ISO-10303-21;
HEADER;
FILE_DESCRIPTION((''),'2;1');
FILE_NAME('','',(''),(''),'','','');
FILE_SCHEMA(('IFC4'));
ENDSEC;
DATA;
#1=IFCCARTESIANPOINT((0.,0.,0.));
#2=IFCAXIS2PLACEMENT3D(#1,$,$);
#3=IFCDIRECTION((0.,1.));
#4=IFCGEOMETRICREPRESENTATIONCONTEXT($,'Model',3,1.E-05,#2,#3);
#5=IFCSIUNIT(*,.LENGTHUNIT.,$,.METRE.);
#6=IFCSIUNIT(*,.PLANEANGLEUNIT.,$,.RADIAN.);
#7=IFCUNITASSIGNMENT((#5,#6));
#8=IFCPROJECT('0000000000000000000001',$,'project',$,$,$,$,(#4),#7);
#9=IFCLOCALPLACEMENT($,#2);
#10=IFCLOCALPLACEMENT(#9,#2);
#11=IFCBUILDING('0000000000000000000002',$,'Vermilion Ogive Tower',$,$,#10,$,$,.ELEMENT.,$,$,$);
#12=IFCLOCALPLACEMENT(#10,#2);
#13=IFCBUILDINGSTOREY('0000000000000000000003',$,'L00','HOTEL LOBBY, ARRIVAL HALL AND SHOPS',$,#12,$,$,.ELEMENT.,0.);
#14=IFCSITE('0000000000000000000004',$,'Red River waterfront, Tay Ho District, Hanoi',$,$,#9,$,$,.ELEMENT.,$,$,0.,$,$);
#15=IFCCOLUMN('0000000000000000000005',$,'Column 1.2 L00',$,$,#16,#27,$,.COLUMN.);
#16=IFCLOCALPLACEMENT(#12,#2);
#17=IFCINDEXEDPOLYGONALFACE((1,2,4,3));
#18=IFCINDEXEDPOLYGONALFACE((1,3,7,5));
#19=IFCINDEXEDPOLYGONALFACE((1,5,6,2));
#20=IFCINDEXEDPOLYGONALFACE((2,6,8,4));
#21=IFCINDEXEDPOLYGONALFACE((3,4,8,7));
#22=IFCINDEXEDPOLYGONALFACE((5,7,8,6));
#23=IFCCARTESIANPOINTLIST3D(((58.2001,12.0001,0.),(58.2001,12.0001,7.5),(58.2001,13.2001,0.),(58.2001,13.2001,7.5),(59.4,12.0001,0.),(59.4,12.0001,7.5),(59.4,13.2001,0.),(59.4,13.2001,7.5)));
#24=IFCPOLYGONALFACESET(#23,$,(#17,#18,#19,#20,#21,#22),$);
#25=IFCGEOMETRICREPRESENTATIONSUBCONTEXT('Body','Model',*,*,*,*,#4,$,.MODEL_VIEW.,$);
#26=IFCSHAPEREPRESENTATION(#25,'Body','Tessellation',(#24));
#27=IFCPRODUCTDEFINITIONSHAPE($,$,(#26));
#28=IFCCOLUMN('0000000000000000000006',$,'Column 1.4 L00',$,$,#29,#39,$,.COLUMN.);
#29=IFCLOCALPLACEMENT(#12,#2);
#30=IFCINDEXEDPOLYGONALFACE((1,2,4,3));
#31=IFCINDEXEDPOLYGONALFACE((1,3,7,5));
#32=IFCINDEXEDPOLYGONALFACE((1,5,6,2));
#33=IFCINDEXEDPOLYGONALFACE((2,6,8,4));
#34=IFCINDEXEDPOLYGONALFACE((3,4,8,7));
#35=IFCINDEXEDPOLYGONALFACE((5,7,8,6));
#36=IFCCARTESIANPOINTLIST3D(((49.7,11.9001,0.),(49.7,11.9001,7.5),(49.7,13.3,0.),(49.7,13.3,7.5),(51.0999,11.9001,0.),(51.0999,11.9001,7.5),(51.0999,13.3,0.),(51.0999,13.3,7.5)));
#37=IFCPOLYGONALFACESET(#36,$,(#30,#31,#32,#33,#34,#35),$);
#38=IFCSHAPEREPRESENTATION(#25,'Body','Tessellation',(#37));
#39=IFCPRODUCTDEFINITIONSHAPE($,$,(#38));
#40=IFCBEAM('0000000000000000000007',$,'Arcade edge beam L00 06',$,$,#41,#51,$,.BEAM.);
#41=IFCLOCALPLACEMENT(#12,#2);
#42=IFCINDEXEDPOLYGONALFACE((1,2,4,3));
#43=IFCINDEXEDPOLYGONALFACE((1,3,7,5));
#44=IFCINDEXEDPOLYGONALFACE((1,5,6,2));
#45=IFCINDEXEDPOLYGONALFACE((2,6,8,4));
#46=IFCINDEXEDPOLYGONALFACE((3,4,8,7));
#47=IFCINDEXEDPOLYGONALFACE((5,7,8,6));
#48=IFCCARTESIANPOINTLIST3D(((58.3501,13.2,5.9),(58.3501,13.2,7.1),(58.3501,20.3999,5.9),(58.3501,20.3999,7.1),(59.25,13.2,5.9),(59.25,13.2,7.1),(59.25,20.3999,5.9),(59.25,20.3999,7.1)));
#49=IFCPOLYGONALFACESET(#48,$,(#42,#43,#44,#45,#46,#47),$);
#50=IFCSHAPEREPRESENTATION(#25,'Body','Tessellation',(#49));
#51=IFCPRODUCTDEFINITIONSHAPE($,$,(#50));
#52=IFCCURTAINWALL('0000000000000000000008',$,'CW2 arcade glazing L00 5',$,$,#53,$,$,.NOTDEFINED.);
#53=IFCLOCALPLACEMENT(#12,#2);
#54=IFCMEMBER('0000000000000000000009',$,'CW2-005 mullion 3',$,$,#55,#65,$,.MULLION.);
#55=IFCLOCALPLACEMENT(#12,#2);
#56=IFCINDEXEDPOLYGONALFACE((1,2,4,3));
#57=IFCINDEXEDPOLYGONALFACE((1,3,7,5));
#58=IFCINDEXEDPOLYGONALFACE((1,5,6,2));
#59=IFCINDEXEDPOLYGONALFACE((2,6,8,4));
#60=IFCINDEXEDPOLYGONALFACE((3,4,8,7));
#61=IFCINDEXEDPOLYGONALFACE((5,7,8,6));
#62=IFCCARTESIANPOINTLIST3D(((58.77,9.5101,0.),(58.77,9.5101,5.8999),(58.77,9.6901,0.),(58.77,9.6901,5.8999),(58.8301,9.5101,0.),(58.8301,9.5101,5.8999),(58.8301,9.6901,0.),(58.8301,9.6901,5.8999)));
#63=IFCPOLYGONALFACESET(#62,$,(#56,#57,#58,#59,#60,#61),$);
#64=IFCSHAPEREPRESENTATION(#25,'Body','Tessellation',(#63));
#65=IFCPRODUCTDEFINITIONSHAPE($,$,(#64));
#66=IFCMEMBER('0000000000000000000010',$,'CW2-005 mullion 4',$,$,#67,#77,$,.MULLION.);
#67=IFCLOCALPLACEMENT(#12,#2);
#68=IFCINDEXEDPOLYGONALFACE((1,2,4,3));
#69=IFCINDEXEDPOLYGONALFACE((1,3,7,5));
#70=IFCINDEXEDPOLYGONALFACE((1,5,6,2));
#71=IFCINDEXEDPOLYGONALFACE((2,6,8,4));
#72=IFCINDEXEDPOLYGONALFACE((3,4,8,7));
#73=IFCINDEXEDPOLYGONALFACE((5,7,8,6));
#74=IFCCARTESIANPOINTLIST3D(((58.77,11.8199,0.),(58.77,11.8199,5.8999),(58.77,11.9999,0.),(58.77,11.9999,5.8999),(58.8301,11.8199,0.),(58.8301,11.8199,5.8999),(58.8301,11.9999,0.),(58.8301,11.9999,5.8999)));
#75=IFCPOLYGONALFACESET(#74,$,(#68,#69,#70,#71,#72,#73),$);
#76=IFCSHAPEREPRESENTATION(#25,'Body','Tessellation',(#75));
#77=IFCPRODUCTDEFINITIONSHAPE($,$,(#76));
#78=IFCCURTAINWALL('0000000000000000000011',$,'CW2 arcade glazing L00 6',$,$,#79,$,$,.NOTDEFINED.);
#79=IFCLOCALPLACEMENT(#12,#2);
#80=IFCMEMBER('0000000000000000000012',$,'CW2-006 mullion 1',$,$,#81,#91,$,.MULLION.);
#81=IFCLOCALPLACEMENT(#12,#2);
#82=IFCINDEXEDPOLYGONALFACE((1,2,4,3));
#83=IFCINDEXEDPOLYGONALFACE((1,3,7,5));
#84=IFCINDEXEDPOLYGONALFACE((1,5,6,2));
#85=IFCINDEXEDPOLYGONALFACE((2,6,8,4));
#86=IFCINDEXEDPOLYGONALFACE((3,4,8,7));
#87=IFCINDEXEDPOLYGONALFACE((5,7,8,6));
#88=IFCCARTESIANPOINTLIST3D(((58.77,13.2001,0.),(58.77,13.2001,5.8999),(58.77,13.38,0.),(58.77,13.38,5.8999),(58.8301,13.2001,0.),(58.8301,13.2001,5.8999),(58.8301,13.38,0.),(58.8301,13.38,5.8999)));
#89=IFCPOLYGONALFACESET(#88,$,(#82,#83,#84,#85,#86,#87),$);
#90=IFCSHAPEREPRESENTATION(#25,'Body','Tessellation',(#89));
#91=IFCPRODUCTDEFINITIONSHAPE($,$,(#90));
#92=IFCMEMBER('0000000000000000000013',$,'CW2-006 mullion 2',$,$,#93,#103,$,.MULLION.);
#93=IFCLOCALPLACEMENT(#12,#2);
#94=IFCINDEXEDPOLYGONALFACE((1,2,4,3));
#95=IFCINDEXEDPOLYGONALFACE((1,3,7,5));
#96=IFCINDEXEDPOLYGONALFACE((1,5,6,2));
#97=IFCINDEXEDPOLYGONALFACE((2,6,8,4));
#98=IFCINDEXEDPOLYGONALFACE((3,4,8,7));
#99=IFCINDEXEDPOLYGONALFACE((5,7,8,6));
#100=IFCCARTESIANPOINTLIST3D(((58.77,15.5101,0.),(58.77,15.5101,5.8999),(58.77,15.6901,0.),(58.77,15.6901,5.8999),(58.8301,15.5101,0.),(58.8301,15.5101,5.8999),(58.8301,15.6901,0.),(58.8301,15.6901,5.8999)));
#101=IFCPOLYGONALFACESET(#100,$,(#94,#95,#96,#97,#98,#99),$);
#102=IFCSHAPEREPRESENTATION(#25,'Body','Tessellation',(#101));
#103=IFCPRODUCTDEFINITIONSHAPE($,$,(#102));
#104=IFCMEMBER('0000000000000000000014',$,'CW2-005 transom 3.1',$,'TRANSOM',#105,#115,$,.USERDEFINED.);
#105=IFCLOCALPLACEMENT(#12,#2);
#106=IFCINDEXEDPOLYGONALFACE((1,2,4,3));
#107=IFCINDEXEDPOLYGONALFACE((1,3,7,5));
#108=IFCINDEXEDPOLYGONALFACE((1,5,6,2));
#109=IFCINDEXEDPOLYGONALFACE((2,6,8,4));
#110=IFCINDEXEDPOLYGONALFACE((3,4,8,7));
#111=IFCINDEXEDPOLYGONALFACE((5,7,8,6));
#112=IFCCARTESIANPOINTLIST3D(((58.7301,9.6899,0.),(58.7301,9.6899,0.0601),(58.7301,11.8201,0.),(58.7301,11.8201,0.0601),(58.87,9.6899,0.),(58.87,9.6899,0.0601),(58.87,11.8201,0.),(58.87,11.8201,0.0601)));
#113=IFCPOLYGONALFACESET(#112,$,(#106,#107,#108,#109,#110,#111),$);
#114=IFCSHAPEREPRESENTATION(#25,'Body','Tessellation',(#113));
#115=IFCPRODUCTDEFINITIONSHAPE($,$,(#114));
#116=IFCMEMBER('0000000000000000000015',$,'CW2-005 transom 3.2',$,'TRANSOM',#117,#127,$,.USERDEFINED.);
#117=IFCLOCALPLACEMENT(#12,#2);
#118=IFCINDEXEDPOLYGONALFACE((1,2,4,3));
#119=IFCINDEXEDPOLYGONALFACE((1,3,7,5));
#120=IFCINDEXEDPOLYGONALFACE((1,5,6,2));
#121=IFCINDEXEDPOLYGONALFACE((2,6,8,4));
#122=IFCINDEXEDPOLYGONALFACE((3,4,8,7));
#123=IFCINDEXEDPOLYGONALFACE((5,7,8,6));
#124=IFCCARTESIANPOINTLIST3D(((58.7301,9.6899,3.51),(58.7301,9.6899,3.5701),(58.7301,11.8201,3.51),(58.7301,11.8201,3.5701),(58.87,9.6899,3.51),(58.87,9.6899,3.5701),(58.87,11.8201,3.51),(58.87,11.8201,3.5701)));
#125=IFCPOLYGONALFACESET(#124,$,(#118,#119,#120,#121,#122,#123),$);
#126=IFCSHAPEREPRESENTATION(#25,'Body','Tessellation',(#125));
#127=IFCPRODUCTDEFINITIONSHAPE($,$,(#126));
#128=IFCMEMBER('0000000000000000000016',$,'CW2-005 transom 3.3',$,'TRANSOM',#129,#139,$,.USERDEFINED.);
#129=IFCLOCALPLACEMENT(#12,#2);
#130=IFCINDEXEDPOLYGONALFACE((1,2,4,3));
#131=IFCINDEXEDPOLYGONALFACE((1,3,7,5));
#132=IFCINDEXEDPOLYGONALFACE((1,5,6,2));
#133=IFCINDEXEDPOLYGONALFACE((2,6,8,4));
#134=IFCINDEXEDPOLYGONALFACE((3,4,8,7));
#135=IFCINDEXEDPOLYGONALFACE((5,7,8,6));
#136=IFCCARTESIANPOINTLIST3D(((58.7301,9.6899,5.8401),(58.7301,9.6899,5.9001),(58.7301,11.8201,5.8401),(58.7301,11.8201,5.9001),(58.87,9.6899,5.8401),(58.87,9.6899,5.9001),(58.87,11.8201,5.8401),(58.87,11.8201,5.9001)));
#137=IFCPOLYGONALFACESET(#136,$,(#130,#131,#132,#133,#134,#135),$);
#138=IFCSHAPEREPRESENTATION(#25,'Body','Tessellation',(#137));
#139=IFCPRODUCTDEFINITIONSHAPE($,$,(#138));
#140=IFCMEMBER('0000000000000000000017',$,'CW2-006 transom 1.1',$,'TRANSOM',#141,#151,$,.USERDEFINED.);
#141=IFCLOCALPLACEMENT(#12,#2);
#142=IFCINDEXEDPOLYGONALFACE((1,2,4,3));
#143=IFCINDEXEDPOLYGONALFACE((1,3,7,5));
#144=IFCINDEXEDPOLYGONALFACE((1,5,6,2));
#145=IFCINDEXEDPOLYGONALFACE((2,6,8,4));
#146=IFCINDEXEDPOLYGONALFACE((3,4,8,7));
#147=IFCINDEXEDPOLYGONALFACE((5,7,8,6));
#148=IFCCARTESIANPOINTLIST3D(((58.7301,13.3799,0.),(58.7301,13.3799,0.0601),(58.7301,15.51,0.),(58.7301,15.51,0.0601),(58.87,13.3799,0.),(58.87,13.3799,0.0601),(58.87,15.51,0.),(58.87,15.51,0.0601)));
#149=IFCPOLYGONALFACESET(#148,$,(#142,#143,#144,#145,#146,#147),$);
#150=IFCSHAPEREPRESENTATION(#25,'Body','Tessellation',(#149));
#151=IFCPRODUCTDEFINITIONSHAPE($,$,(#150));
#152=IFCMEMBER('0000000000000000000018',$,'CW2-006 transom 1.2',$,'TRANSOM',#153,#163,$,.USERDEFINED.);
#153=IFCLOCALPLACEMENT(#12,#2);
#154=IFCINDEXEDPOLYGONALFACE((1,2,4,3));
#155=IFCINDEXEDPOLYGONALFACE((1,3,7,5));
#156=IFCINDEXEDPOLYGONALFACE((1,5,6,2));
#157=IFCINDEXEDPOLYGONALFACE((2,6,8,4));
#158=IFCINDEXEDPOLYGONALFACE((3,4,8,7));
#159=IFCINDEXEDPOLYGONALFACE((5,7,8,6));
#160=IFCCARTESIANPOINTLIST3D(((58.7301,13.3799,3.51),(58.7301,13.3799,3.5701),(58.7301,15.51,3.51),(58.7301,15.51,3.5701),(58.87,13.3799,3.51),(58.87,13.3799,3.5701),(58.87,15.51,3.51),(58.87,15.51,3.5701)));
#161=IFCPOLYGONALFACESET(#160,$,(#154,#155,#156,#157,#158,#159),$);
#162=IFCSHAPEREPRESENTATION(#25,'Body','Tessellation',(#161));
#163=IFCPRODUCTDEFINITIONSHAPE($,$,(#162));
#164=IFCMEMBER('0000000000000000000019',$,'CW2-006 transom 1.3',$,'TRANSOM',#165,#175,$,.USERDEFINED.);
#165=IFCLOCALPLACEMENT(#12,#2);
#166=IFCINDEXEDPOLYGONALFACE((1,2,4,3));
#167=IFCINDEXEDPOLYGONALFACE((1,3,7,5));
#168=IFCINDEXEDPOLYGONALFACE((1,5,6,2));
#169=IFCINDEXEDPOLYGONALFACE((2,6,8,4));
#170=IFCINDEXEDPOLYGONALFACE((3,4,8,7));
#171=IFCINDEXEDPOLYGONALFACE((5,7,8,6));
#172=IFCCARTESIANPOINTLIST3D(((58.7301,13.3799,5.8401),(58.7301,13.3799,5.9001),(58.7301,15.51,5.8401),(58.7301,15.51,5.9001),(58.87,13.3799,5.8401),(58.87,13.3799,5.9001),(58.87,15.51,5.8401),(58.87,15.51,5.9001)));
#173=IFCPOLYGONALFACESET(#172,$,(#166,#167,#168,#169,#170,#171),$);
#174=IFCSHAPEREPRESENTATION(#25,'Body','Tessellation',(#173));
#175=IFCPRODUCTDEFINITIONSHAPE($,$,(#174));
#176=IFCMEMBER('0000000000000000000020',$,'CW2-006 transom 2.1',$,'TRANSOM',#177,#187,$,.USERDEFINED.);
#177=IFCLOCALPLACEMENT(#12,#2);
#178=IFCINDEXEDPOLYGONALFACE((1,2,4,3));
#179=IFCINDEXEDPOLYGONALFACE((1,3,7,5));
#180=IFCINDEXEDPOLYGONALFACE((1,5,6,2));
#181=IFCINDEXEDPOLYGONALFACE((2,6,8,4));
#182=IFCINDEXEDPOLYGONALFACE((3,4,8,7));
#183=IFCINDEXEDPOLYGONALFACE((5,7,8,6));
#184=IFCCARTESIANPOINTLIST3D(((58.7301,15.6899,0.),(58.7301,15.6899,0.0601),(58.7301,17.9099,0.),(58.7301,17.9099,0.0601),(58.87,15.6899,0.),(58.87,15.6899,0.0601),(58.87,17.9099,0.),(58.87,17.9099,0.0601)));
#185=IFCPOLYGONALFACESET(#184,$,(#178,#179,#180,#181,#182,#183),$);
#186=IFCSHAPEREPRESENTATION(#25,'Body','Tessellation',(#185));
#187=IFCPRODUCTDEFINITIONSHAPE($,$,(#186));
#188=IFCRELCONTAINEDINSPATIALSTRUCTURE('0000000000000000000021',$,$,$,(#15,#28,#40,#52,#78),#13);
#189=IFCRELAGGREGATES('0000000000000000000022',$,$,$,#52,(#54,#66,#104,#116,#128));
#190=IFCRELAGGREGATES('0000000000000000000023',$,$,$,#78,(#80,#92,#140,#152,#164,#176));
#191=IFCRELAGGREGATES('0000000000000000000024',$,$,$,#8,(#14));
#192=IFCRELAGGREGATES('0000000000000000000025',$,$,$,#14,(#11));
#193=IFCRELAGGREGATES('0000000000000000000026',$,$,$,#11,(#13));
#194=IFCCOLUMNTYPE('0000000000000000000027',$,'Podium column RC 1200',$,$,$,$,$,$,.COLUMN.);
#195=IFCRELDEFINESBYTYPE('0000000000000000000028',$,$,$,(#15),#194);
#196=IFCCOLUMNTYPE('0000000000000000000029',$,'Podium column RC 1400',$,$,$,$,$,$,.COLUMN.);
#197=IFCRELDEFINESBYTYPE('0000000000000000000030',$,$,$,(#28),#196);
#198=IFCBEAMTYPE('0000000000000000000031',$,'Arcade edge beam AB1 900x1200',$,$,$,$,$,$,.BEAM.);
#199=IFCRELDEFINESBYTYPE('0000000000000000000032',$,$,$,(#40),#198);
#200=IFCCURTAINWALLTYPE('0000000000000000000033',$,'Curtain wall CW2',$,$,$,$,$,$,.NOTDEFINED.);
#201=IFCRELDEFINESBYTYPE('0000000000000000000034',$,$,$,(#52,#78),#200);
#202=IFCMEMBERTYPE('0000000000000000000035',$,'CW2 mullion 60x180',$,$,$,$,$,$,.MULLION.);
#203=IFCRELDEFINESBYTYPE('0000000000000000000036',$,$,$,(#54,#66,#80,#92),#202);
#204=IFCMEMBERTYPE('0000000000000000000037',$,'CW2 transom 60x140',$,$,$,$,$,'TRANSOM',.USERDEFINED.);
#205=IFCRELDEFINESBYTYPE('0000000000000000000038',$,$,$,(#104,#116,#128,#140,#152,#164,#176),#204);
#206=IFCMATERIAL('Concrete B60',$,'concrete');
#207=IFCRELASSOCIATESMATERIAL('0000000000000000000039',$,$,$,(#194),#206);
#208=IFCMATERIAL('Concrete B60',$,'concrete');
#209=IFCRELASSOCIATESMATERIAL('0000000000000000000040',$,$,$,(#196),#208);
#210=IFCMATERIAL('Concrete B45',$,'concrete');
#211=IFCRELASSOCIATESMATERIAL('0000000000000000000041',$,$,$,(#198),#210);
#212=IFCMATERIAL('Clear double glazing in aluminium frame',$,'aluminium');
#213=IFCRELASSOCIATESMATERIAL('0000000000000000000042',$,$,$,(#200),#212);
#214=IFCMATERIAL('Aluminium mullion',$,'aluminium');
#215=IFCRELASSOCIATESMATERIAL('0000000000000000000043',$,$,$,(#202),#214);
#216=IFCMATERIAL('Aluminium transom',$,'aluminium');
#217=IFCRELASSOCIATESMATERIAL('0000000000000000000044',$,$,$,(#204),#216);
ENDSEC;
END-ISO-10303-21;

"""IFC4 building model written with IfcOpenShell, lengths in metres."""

from ifc_helpers import new_model, si_unit, direction, frame, origin, origin_2d, place, context, subcontext, project, spatial, rectangle, extrude, material, material_profile, profile_set, type_object, element, aggregate, save


model = new_model("IFC4")

# Units and contexts
model_context = context("Model", 3, precision=1e-05, world=origin(), true_north=direction((0.0, 1.0)))
body_context = subcontext(model_context, "Body", "Model", "MODEL_VIEW")
ifc_project = project(units=[si_unit("LENGTHUNIT", "METRE"), si_unit("PLANEANGLEUNIT", "RADIAN")], contexts=[model_context])

# Site, building, storey
site_placement = place(None, origin())
site = spatial("IfcSite", under=ifc_project, at=site_placement, Name="Red River waterfront, Tay Ho District, Hanoi", CompositionType="ELEMENT", RefElevation=0.0)
building_placement = place(site_placement, origin())
building = spatial("IfcBuilding", under=site, at=building_placement, Name="Vermilion Ogive Tower", CompositionType="ELEMENT")
storey_placement = place(building_placement, origin())
storey = spatial("IfcBuildingStorey", under=building, at=storey_placement, Name="L00", Description="HOTEL LOBBY, ARRIVAL HALL AND SHOPS", CompositionType="ELEMENT", Elevation=0.0)

# Columns
ifc_material_1 = material(Name="Concrete B60", Category="concrete")
ifc_material_profile_1 = material_profile(ifc_material_1, rectangle(XDim=1.2, YDim=1.2, at=origin_2d()), Name="RC 1200x1200")
ifc_profile_set_1 = profile_set([ifc_material_profile_1], Name="Concrete B60")
column_type_1 = type_object("IfcColumnType", Name="Podium column RC 1200", PredefinedType="COLUMN", material=ifc_profile_set_1)
column_1_placement = place(storey_placement, frame((58.8, 12.6001, 0.0), z_axis=(0.0, 0.0, 1.0), x_axis=(1.0, 0.0, 0.0)))
element("IfcColumn", 1, at=column_1_placement, inside=storey, type_object=column_type_1, Name="Column 1.2 L00", PredefinedType="COLUMN", context=body_context, shape_type="SweptSolid", body=[
    extrude(rectangle(XDim=1.2, YDim=1.2, at=origin_2d()), origin(), (0.0, 0.0, 1.0), 7.5),
])
ifc_material_2 = material(Name="Concrete B60", Category="concrete")
ifc_material_profile_2 = material_profile(ifc_material_2, rectangle(XDim=1.3999, YDim=1.3999, at=origin_2d()), Name="RC 1400x1400")
ifc_profile_set_2 = profile_set([ifc_material_profile_2], Name="Concrete B60")
column_type_2 = type_object("IfcColumnType", Name="Podium column RC 1400", PredefinedType="COLUMN", material=ifc_profile_set_2)
column_2_placement = place(storey_placement, frame((50.3999, 12.6001, 0.0), z_axis=(0.0, 0.0, 1.0), x_axis=(1.0, 0.0, 0.0)))
element("IfcColumn", 2, at=column_2_placement, inside=storey, type_object=column_type_2, Name="Column 1.4 L00", PredefinedType="COLUMN", context=body_context, shape_type="SweptSolid", body=[
    extrude(rectangle(XDim=1.3999, YDim=1.3999, at=origin_2d()), origin(), (0.0, 0.0, 1.0), 7.5),
])

# Beam
ifc_material_3 = material(Name="Concrete B45", Category="concrete")
ifc_material_profile_3 = material_profile(ifc_material_3, rectangle(XDim=0.8999, YDim=1.2, at=origin_2d()), Name="RC 900x1200")
ifc_profile_set_3 = profile_set([ifc_material_profile_3], Name="Concrete B45")
beam_type = type_object("IfcBeamType", Name="Arcade edge beam AB1 900x1200", PredefinedType="BEAM", material=ifc_profile_set_3)
beam_placement = place(storey_placement, frame((58.8, 13.2, 6.5), z_axis=(0.0, 1.0, 0.0), x_axis=(-1.0, 0.0, 0.0)))
element("IfcBeam", 3, at=beam_placement, inside=storey, type_object=beam_type, Name="Arcade edge beam L00 06", PredefinedType="BEAM", context=body_context, shape_type="SweptSolid", body=[
    extrude(rectangle(XDim=0.8999, YDim=1.2, at=origin_2d()), origin(), (0.0, 0.0, 1.0), 7.2),
])

# Curtain walls, members
ifc_material_4 = material(Name="Clear double glazing in aluminium frame", Category="aluminium")
curtain_wall_type = type_object("IfcCurtainWallType", Name="Curtain wall CW2", PredefinedType="NOTDEFINED", material=ifc_material_4)
curtain_wall_1_placement = place(storey_placement, origin())
curtain_wall_1 = element("IfcCurtainWall", 4, at=curtain_wall_1_placement, inside=storey, type_object=curtain_wall_type, Name="CW2 arcade glazing L00 5", PredefinedType="NOTDEFINED")
ifc_material_5 = material(Name="Aluminium mullion", Category="aluminium")
ifc_material_profile_4 = material_profile(ifc_material_5, rectangle(XDim=0.0601, YDim=0.1799, at=origin_2d()), Name="AL 60x180")
ifc_profile_set_4 = profile_set([ifc_material_profile_4], Name="Aluminium mullion")
member_type_1 = type_object("IfcMemberType", Name="CW2 mullion 60x180", PredefinedType="MULLION", material=ifc_profile_set_4)
member_1_placement = place(storey_placement, frame((58.8, 9.6001, 0.0), z_axis=(0.0, 0.0, 1.0), x_axis=(-1.0, 0.0, 0.0)))
member_1 = element("IfcMember", 5, at=member_1_placement, type_object=member_type_1, Name="CW2-005 mullion 3", PredefinedType="MULLION", context=body_context, shape_type="SweptSolid", body=[
    extrude(rectangle(XDim=0.0601, YDim=0.1799, at=origin_2d()), origin(), (0.0, 0.0, 1.0), 5.8999),
])
member_2_placement = place(storey_placement, frame((58.8, 11.9099, 0.0), z_axis=(0.0, 0.0, 1.0), x_axis=(-1.0, 0.0, 0.0)))
member_2 = element("IfcMember", 6, at=member_2_placement, type_object=member_type_1, Name="CW2-005 mullion 4", PredefinedType="MULLION", context=body_context, shape_type="SweptSolid", body=[
    extrude(rectangle(XDim=0.0601, YDim=0.1799, at=origin_2d()), origin(), (0.0, 0.0, 1.0), 5.8999),
])
curtain_wall_2_placement = place(storey_placement, origin())
curtain_wall_2 = element("IfcCurtainWall", 7, at=curtain_wall_2_placement, inside=storey, type_object=curtain_wall_type, Name="CW2 arcade glazing L00 6", PredefinedType="NOTDEFINED")
member_3_placement = place(storey_placement, frame((58.8, 13.29, 0.0), z_axis=(0.0, 0.0, 1.0), x_axis=(-1.0, 0.0, 0.0)))
member_3 = element("IfcMember", 8, at=member_3_placement, type_object=member_type_1, Name="CW2-006 mullion 1", PredefinedType="MULLION", context=body_context, shape_type="SweptSolid", body=[
    extrude(rectangle(XDim=0.0601, YDim=0.1799, at=origin_2d()), origin(), (0.0, 0.0, 1.0), 5.8999),
])
member_4_placement = place(storey_placement, frame((58.8, 15.6001, 0.0), z_axis=(0.0, 0.0, 1.0), x_axis=(-1.0, 0.0, 0.0)))
member_4 = element("IfcMember", 9, at=member_4_placement, type_object=member_type_1, Name="CW2-006 mullion 2", PredefinedType="MULLION", context=body_context, shape_type="SweptSolid", body=[
    extrude(rectangle(XDim=0.0601, YDim=0.1799, at=origin_2d()), origin(), (0.0, 0.0, 1.0), 5.8999),
])

# Members
ifc_material_6 = material(Name="Aluminium transom", Category="aluminium")
ifc_material_profile_5 = material_profile(ifc_material_6, rectangle(XDim=0.1399, YDim=0.0601, at=origin_2d()), Name="AL 60x140")
ifc_profile_set_5 = profile_set([ifc_material_profile_5], Name="Aluminium transom")
member_type_2 = type_object("IfcMemberType", Name="CW2 transom 60x140", ElementType="TRANSOM", PredefinedType="USERDEFINED", material=ifc_profile_set_5)
member_5_placement = place(storey_placement, frame((58.8, 9.6899, 0.03), z_axis=(0.0, 1.0, 0.0), x_axis=(-1.0, 0.0, 0.0)))
member_5 = element("IfcMember", 10, at=member_5_placement, type_object=member_type_2, Name="CW2-005 transom 3.1", ObjectType="TRANSOM", PredefinedType="USERDEFINED", context=body_context, shape_type="SweptSolid", body=[
    extrude(rectangle(XDim=0.1399, YDim=0.0601, at=origin_2d()), origin(), (0.0, 0.0, 1.0), 2.1301),
])
member_6_placement = place(storey_placement, frame((58.8, 9.6899, 3.54), z_axis=(0.0, 1.0, 0.0), x_axis=(-1.0, 0.0, 0.0)))
member_6 = element("IfcMember", 11, at=member_6_placement, type_object=member_type_2, Name="CW2-005 transom 3.2", ObjectType="TRANSOM", PredefinedType="USERDEFINED", context=body_context, shape_type="SweptSolid", body=[
    extrude(rectangle(XDim=0.1399, YDim=0.0601, at=origin_2d()), origin(), (0.0, 0.0, 1.0), 2.1301),
])
member_7_placement = place(storey_placement, frame((58.8, 9.6899, 5.8701), z_axis=(0.0, 1.0, 0.0), x_axis=(-1.0, 0.0, 0.0)))
member_7 = element("IfcMember", 12, at=member_7_placement, type_object=member_type_2, Name="CW2-005 transom 3.3", ObjectType="TRANSOM", PredefinedType="USERDEFINED", context=body_context, shape_type="SweptSolid", body=[
    extrude(rectangle(XDim=0.1399, YDim=0.0601, at=origin_2d()), origin(), (0.0, 0.0, 1.0), 2.1301),
])
member_8_placement = place(storey_placement, frame((58.8, 13.3799, 0.03), z_axis=(0.0, 1.0, 0.0), x_axis=(-1.0, 0.0, 0.0)))
member_8 = element("IfcMember", 13, at=member_8_placement, type_object=member_type_2, Name="CW2-006 transom 1.1", ObjectType="TRANSOM", PredefinedType="USERDEFINED", context=body_context, shape_type="SweptSolid", body=[
    extrude(rectangle(XDim=0.1399, YDim=0.0601, at=origin_2d()), origin(), (0.0, 0.0, 1.0), 2.1301),
])
member_9_placement = place(storey_placement, frame((58.8, 13.3799, 3.54), z_axis=(0.0, 1.0, 0.0), x_axis=(-1.0, 0.0, 0.0)))
member_9 = element("IfcMember", 14, at=member_9_placement, type_object=member_type_2, Name="CW2-006 transom 1.2", ObjectType="TRANSOM", PredefinedType="USERDEFINED", context=body_context, shape_type="SweptSolid", body=[
    extrude(rectangle(XDim=0.1399, YDim=0.0601, at=origin_2d()), origin(), (0.0, 0.0, 1.0), 2.1301),
])
member_10_placement = place(storey_placement, frame((58.8, 13.3799, 5.8701), z_axis=(0.0, 1.0, 0.0), x_axis=(-1.0, 0.0, 0.0)))
member_10 = element("IfcMember", 15, at=member_10_placement, type_object=member_type_2, Name="CW2-006 transom 1.3", ObjectType="TRANSOM", PredefinedType="USERDEFINED", context=body_context, shape_type="SweptSolid", body=[
    extrude(rectangle(XDim=0.1399, YDim=0.0601, at=origin_2d()), origin(), (0.0, 0.0, 1.0), 2.1301),
])
member_11_placement = place(storey_placement, frame((58.8, 15.6899, 0.03), z_axis=(0.0, 1.0, 0.0), x_axis=(-1.0, 0.0, 0.0)))
member_11 = element("IfcMember", 16, at=member_11_placement, type_object=member_type_2, Name="CW2-006 transom 2.1", ObjectType="TRANSOM", PredefinedType="USERDEFINED", context=body_context, shape_type="SweptSolid", body=[
    extrude(rectangle(XDim=0.1399, YDim=0.0601, at=origin_2d()), origin(), (0.0, 0.0, 1.0), 2.22),
])

aggregate(curtain_wall_1, [member_1, member_2, member_5, member_6, member_7])
aggregate(curtain_wall_2, [member_3, member_4, member_8, member_9, member_10, member_11])

save(model, "model.ifc")
